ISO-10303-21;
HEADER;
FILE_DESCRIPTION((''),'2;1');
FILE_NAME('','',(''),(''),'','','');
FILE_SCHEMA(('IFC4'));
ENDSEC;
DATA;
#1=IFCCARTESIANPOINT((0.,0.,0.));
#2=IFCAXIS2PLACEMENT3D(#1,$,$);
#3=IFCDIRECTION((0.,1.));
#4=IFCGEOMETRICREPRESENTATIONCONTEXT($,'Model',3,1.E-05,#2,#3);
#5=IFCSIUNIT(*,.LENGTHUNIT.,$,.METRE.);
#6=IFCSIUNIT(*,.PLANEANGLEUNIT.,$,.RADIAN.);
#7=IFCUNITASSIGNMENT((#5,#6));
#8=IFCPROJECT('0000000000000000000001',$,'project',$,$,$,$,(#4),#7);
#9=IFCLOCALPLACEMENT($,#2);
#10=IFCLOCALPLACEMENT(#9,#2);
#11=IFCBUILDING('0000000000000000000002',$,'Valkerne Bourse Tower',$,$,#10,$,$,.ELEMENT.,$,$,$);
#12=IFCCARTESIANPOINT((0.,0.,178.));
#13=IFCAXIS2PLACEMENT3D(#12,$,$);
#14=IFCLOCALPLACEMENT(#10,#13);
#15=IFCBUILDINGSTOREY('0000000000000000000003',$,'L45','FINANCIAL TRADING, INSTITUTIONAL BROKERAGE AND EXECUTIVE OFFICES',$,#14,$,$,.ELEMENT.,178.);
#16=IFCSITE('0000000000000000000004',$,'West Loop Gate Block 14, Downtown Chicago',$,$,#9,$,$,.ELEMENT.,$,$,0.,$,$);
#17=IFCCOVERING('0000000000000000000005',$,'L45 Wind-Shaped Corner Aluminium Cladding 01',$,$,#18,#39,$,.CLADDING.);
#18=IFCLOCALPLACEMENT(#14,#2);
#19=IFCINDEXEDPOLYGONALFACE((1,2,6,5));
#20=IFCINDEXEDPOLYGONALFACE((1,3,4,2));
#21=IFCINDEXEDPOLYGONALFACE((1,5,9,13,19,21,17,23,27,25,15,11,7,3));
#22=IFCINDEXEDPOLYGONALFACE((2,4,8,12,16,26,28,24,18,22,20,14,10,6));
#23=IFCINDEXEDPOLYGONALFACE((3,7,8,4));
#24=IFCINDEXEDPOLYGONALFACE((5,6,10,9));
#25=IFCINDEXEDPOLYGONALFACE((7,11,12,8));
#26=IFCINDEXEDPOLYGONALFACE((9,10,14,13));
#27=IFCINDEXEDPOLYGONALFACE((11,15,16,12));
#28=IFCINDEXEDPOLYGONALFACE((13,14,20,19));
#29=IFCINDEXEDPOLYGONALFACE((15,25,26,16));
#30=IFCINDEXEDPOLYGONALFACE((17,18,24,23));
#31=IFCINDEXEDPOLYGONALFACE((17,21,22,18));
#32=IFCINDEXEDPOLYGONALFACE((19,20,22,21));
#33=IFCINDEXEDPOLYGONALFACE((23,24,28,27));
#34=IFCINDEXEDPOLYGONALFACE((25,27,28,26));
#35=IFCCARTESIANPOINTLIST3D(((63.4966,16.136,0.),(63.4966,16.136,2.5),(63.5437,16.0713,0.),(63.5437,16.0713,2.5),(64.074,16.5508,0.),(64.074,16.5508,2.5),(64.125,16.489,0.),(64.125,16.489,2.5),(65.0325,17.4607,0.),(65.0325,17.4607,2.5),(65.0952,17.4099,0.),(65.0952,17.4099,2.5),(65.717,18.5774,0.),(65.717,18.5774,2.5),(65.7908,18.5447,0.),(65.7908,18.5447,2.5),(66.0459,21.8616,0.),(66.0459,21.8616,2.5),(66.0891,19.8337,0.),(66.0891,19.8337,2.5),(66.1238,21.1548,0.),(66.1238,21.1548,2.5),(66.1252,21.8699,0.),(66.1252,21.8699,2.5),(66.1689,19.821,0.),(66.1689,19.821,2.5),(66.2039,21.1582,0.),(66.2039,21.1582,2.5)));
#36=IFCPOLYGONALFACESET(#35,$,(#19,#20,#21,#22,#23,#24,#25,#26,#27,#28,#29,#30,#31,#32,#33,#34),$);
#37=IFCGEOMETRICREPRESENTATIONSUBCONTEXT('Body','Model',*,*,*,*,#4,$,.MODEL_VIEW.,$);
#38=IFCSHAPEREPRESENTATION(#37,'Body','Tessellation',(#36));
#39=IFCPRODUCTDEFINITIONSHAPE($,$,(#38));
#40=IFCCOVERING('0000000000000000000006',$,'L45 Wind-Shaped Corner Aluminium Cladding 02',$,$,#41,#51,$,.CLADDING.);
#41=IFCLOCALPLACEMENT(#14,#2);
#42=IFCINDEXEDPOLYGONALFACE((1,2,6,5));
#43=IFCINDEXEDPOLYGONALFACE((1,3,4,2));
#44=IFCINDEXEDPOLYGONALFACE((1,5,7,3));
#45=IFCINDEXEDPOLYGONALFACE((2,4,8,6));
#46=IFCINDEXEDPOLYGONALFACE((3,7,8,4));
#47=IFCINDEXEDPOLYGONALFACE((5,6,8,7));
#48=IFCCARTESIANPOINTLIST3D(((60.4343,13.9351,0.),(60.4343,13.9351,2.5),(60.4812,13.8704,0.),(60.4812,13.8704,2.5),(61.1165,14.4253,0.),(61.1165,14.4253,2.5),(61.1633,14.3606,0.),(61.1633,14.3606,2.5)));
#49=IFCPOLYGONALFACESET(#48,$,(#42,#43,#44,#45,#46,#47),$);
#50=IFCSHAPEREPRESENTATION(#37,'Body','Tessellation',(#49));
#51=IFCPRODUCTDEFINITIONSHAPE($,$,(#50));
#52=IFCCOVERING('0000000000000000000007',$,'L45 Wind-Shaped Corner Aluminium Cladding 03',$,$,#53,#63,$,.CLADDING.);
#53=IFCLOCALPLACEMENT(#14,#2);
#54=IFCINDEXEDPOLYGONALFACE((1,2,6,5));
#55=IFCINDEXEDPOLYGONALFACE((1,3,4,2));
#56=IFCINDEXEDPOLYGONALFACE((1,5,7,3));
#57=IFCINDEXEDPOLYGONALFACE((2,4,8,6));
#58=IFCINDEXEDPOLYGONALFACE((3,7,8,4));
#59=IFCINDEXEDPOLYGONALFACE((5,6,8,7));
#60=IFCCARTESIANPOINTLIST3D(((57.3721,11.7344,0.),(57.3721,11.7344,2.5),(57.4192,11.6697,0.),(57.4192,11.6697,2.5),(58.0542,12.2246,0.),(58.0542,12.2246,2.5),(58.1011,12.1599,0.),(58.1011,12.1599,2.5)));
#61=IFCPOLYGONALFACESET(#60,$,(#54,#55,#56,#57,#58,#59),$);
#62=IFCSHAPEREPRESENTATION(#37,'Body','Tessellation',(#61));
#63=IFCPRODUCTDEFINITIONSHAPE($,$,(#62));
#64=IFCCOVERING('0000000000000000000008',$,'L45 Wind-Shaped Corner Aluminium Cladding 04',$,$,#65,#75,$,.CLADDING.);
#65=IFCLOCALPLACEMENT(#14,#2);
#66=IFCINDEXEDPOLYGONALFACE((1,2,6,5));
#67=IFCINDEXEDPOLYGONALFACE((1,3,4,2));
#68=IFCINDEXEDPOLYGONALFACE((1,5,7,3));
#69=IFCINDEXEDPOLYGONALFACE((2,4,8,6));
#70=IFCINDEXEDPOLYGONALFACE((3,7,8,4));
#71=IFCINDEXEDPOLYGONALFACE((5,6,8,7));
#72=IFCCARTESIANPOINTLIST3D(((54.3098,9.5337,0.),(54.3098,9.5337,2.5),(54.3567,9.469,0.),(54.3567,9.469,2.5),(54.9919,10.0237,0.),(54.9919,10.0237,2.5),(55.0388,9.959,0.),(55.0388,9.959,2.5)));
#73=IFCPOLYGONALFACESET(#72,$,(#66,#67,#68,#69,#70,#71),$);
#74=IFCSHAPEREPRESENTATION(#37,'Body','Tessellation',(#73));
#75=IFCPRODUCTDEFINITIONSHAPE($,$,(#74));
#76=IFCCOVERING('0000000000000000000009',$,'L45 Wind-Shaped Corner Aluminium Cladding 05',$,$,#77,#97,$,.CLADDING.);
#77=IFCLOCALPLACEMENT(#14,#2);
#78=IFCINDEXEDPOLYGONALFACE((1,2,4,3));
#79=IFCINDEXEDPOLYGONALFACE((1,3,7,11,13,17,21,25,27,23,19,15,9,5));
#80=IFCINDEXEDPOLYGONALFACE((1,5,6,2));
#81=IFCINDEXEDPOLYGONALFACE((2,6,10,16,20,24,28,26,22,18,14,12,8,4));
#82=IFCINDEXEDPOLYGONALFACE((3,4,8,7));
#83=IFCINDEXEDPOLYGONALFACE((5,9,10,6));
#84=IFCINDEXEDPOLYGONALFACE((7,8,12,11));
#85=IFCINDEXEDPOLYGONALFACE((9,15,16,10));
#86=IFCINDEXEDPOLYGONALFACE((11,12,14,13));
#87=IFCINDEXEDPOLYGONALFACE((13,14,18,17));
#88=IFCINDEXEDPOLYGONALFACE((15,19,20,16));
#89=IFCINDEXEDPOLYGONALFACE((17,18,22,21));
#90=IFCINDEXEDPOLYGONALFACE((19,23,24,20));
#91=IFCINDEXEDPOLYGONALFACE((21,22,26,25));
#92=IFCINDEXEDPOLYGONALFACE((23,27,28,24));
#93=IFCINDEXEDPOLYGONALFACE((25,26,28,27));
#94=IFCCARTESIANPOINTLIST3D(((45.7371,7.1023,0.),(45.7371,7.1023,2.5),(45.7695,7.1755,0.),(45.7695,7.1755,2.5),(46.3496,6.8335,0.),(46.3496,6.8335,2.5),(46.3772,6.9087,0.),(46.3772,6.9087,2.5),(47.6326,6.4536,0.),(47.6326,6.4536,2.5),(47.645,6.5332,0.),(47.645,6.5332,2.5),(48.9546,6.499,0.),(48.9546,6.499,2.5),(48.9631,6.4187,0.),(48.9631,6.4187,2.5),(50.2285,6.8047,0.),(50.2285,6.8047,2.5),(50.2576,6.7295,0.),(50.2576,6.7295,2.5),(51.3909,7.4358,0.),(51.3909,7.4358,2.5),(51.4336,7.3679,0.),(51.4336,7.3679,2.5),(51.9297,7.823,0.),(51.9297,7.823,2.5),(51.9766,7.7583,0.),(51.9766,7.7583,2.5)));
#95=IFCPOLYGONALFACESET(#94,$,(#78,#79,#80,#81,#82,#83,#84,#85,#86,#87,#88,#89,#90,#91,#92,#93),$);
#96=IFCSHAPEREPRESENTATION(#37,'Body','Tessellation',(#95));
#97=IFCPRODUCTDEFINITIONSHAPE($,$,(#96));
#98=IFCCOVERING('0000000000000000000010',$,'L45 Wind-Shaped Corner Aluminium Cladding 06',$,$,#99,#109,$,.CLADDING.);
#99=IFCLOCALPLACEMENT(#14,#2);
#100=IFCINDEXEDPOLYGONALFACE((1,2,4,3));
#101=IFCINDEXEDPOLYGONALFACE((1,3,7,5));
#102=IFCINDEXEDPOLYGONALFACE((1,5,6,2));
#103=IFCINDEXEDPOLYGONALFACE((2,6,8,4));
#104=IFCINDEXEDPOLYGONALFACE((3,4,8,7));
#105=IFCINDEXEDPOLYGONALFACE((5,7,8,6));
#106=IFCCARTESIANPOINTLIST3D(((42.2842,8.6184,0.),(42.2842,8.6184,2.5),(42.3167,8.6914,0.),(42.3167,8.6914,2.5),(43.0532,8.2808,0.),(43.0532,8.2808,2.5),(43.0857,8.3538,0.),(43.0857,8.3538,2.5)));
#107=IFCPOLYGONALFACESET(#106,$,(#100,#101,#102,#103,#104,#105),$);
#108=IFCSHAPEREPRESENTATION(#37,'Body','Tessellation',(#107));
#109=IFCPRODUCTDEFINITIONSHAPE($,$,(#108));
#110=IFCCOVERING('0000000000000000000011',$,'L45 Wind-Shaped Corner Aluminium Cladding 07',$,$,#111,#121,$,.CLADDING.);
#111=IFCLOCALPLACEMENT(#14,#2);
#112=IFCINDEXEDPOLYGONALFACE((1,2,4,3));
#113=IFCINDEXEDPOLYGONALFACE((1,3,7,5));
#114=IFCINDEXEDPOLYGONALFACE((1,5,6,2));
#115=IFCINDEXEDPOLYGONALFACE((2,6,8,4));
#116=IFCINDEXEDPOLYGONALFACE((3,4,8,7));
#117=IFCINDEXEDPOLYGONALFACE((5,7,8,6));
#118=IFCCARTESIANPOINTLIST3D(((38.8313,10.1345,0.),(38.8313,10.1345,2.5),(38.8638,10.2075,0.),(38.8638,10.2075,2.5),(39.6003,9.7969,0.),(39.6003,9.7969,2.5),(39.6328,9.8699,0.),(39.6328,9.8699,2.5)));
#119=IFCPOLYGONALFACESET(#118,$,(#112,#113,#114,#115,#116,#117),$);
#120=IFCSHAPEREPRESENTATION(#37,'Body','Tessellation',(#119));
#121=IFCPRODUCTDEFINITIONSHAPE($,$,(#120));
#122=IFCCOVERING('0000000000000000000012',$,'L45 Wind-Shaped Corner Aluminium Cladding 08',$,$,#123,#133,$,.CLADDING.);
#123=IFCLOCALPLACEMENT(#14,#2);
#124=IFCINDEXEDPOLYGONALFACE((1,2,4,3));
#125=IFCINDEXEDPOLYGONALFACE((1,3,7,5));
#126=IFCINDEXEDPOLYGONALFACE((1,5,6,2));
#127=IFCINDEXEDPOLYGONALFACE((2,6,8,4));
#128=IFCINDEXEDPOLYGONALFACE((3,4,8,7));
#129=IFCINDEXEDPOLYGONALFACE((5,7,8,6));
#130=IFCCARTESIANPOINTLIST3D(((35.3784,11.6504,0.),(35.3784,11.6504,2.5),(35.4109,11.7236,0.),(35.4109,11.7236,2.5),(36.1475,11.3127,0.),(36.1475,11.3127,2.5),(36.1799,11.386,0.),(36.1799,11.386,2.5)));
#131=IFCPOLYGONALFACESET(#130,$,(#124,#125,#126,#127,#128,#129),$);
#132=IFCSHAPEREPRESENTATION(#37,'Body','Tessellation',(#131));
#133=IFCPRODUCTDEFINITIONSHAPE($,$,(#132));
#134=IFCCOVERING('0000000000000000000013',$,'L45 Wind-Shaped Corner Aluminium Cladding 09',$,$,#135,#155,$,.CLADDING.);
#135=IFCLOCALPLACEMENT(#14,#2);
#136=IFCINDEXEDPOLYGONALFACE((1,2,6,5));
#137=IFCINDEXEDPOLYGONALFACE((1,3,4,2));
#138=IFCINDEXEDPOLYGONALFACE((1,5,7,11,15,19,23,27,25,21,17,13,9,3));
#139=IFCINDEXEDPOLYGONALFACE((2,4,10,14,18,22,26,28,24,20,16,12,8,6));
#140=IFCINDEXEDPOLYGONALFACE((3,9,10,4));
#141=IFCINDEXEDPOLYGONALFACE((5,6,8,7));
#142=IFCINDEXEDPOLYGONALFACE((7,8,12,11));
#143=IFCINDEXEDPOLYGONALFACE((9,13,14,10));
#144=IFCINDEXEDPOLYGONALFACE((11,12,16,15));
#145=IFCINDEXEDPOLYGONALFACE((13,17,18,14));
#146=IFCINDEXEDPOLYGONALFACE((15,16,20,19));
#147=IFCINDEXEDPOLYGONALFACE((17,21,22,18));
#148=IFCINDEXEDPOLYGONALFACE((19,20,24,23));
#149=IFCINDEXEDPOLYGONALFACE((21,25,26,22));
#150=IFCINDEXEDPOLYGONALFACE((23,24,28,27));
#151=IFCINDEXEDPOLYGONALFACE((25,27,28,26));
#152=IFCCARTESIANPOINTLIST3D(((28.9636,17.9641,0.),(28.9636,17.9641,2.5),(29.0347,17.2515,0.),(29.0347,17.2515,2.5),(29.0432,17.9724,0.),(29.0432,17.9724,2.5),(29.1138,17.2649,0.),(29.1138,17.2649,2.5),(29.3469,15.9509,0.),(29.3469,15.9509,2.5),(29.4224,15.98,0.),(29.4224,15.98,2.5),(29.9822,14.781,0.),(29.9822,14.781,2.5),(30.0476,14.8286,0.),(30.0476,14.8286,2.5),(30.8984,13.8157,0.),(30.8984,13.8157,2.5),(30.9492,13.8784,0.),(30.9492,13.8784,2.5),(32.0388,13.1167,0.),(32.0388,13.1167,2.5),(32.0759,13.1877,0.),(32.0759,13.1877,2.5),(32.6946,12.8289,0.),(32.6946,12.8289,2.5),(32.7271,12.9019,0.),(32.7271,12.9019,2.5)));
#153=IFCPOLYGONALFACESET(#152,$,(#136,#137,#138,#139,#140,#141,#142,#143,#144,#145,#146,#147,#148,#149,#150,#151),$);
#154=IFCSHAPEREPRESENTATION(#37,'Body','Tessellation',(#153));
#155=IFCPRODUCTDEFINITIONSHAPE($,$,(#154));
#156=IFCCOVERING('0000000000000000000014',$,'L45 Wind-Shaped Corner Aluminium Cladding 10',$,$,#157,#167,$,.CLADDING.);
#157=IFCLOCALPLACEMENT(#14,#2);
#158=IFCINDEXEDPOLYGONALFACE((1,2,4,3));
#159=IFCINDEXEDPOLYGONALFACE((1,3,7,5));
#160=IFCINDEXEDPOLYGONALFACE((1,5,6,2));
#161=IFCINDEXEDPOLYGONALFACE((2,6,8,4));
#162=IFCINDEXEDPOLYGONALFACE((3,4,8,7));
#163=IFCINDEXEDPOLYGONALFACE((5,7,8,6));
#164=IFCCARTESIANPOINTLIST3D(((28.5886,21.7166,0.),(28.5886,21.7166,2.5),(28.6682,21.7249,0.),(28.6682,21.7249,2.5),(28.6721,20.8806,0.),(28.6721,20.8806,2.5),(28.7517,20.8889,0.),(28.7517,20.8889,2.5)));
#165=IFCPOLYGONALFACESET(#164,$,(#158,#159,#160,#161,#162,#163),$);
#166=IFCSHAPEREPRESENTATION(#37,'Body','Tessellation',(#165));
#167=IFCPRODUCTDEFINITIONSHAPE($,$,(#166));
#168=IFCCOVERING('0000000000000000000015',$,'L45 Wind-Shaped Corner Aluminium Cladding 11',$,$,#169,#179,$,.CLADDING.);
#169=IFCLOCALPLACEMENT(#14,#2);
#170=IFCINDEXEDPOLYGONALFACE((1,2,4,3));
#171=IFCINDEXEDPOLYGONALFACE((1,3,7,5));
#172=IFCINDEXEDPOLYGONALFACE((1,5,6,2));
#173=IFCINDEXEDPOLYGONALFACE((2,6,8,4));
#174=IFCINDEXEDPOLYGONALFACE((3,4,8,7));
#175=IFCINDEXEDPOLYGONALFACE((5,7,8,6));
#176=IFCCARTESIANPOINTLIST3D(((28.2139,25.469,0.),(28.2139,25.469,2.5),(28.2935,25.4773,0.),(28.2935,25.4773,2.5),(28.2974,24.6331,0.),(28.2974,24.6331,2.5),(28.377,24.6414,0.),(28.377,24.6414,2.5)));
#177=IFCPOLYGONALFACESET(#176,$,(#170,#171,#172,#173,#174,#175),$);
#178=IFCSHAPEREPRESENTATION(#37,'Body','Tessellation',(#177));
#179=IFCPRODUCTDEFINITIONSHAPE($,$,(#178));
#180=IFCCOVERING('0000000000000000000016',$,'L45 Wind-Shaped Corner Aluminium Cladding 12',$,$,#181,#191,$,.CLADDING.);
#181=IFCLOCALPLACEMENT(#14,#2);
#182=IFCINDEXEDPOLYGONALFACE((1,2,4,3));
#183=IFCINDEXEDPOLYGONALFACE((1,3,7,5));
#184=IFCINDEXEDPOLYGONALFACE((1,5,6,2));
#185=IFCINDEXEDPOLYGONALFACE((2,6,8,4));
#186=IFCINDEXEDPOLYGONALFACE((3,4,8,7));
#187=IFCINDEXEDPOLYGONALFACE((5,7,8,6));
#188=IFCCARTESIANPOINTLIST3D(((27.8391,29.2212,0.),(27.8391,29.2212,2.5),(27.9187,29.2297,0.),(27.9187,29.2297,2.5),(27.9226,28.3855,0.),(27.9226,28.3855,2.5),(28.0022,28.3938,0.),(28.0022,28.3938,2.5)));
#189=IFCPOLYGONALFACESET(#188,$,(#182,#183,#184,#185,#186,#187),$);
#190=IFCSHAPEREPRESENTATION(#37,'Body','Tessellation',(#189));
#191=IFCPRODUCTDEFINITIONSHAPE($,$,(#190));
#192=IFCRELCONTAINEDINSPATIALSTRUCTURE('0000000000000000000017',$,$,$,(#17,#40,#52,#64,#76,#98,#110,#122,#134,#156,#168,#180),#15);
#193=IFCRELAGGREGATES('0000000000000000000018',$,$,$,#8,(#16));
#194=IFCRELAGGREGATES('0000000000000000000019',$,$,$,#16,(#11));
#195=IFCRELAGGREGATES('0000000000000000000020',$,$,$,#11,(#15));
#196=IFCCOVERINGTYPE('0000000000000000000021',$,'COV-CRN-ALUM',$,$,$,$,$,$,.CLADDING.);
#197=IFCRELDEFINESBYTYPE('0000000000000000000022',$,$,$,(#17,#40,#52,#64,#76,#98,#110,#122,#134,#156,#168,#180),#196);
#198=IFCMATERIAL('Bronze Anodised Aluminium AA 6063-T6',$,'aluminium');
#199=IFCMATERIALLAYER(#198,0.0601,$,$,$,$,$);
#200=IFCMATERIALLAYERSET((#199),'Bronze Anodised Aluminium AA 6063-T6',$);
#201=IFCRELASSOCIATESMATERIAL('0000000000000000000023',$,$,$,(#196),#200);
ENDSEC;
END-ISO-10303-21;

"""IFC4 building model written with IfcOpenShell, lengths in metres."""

from ifc_helpers import new_model, si_unit, direction, frame, origin, place, context, subcontext, project, spatial, polyline, outline, extrude, material, layer, layer_set, type_object, element, save


model = new_model("IFC4")

# Units and contexts
model_context = context("Model", 3, precision=1e-05, world=origin(), true_north=direction((0.0, 1.0)))
body_context = subcontext(model_context, "Body", "Model", "MODEL_VIEW")
ifc_project = project(units=[si_unit("LENGTHUNIT", "METRE"), si_unit("PLANEANGLEUNIT", "RADIAN")], contexts=[model_context])

# Site, building, storey
site_placement = place(None, origin())
site = spatial("IfcSite", under=ifc_project, at=site_placement, Name="West Loop Gate Block 14, Downtown Chicago", CompositionType="ELEMENT", RefElevation=0.0)
building_placement = place(site_placement, origin())
building = spatial("IfcBuilding", under=site, at=building_placement, Name="Valkerne Bourse Tower", CompositionType="ELEMENT")
storey_placement = place(building_placement, frame((0.0, 0.0, 178.0)))
storey = spatial("IfcBuildingStorey", under=building, at=storey_placement, Name="L45", Description="FINANCIAL TRADING, INSTITUTIONAL BROKERAGE AND EXECUTIVE OFFICES", CompositionType="ELEMENT", Elevation=178.0)

# Coverings
ifc_material_1 = material(Name="Bronze Anodised Aluminium AA 6063-T6", Category="aluminium")
ifc_layer_1 = layer(ifc_material_1, 0.0601)
ifc_layer_set_1 = layer_set([ifc_layer_1], Name="Bronze Anodised Aluminium AA 6063-T6")
covering_type = type_object("IfcCoveringType", Name="COV-CRN-ALUM", PredefinedType="CLADDING", material=ifc_layer_set_1)
covering_1_placement = place(storey_placement, origin())
element("IfcCovering", 1, at=covering_1_placement, inside=storey, type_object=covering_type, Name="L45 Wind-Shaped Corner Aluminium Cladding 01", PredefinedType="CLADDING", context=body_context, shape_type="SweptSolid", body=[
    extrude(outline(polyline([(66.1689, 19.821), (65.7908, 18.5447), (65.0952, 17.4099), (64.125, 16.489), (63.5437, 16.0713), (63.4966, 16.136), (64.074, 16.5508), (65.0325, 17.4607), (65.717, 18.5774), (66.0891, 19.8337), (66.1238, 21.1548), (66.0459, 21.8616), (66.1252, 21.8699), (66.2039, 21.1582), (66.1689, 19.821)])), origin(), (0.0, 0.0, 1.0), 2.5),
])
covering_2_placement = place(storey_placement, origin())
element("IfcCovering", 2, at=covering_2_placement, inside=storey, type_object=covering_type, Name="L45 Wind-Shaped Corner Aluminium Cladding 02", PredefinedType="CLADDING", context=body_context, shape_type="SweptSolid", body=[
    extrude(outline(polyline([(60.4812, 13.8704), (60.4343, 13.9351), (61.1165, 14.4253), (61.1633, 14.3606), (60.4812, 13.8704)])), origin(), (0.0, 0.0, 1.0), 2.5),
])
covering_3_placement = place(storey_placement, origin())
element("IfcCovering", 3, at=covering_3_placement, inside=storey, type_object=covering_type, Name="L45 Wind-Shaped Corner Aluminium Cladding 03", PredefinedType="CLADDING", context=body_context, shape_type="SweptSolid", body=[
    extrude(outline(polyline([(57.4192, 11.6697), (57.3721, 11.7344), (58.0542, 12.2246), (58.1011, 12.1599), (57.4192, 11.6697)])), origin(), (0.0, 0.0, 1.0), 2.5),
])
covering_4_placement = place(storey_placement, origin())
element("IfcCovering", 4, at=covering_4_placement, inside=storey, type_object=covering_type, Name="L45 Wind-Shaped Corner Aluminium Cladding 04", PredefinedType="CLADDING", context=body_context, shape_type="SweptSolid", body=[
    extrude(outline(polyline([(54.3567, 9.469), (54.3098, 9.5337), (54.9919, 10.0237), (55.0388, 9.959), (54.3567, 9.469)])), origin(), (0.0, 0.0, 1.0), 2.5),
])
covering_5_placement = place(storey_placement, origin())
element("IfcCovering", 5, at=covering_5_placement, inside=storey, type_object=covering_type, Name="L45 Wind-Shaped Corner Aluminium Cladding 05", PredefinedType="CLADDING", context=body_context, shape_type="SweptSolid", body=[
    extrude(outline(polyline([(51.4336, 7.3679), (50.2576, 6.7295), (48.9631, 6.4187), (47.6326, 6.4536), (46.3496, 6.8335), (45.7371, 7.1023), (45.7695, 7.1755), (46.3772, 6.9087), (47.645, 6.5332), (48.9546, 6.499), (50.2285, 6.8047), (51.3909, 7.4358), (51.9297, 7.823), (51.9766, 7.7583), (51.4336, 7.3679)])), origin(), (0.0, 0.0, 1.0), 2.5),
])
covering_6_placement = place(storey_placement, origin())
element("IfcCovering", 6, at=covering_6_placement, inside=storey, type_object=covering_type, Name="L45 Wind-Shaped Corner Aluminium Cladding 06", PredefinedType="CLADDING", context=body_context, shape_type="SweptSolid", body=[
    extrude(outline(polyline([(42.2842, 8.6184), (42.3167, 8.6914), (43.0857, 8.3538), (43.0532, 8.2808), (42.2842, 8.6184)])), origin(), (0.0, 0.0, 1.0), 2.5),
])
covering_7_placement = place(storey_placement, origin())
element("IfcCovering", 7, at=covering_7_placement, inside=storey, type_object=covering_type, Name="L45 Wind-Shaped Corner Aluminium Cladding 07", PredefinedType="CLADDING", context=body_context, shape_type="SweptSolid", body=[
    extrude(outline(polyline([(38.8313, 10.1345), (38.8638, 10.2075), (39.6328, 9.8699), (39.6003, 9.7969), (38.8313, 10.1345)])), origin(), (0.0, 0.0, 1.0), 2.5),
])
covering_8_placement = place(storey_placement, origin())
element("IfcCovering", 8, at=covering_8_placement, inside=storey, type_object=covering_type, Name="L45 Wind-Shaped Corner Aluminium Cladding 08", PredefinedType="CLADDING", context=body_context, shape_type="SweptSolid", body=[
    extrude(outline(polyline([(35.3784, 11.6504), (35.4109, 11.7236), (36.1799, 11.386), (36.1475, 11.3127), (35.3784, 11.6504)])), origin(), (0.0, 0.0, 1.0), 2.5),
])
covering_9_placement = place(storey_placement, origin())
element("IfcCovering", 9, at=covering_9_placement, inside=storey, type_object=covering_type, Name="L45 Wind-Shaped Corner Aluminium Cladding 09", PredefinedType="CLADDING", context=body_context, shape_type="SweptSolid", body=[
    extrude(outline(polyline([(32.0388, 13.1167), (30.8984, 13.8157), (29.9822, 14.781), (29.3469, 15.9509), (29.0347, 17.2515), (28.9636, 17.9641), (29.0432, 17.9724), (29.1138, 17.2649), (29.4224, 15.98), (30.0476, 14.8286), (30.9492, 13.8784), (32.0759, 13.1877), (32.7271, 12.9019), (32.6946, 12.8289), (32.0388, 13.1167)])), origin(), (0.0, 0.0, 1.0), 2.5),
])
covering_10_placement = place(storey_placement, origin())
element("IfcCovering", 10, at=covering_10_placement, inside=storey, type_object=covering_type, Name="L45 Wind-Shaped Corner Aluminium Cladding 10", PredefinedType="CLADDING", context=body_context, shape_type="SweptSolid", body=[
    extrude(outline(polyline([(28.5886, 21.7166), (28.6682, 21.7249), (28.7517, 20.8889), (28.6721, 20.8806), (28.5886, 21.7166)])), origin(), (0.0, 0.0, 1.0), 2.5),
])
covering_11_placement = place(storey_placement, origin())
element("IfcCovering", 11, at=covering_11_placement, inside=storey, type_object=covering_type, Name="L45 Wind-Shaped Corner Aluminium Cladding 11", PredefinedType="CLADDING", context=body_context, shape_type="SweptSolid", body=[
    extrude(outline(polyline([(28.2139, 25.469), (28.2935, 25.4773), (28.377, 24.6414), (28.2974, 24.6331), (28.2139, 25.469)])), origin(), (0.0, 0.0, 1.0), 2.5),
])
covering_12_placement = place(storey_placement, origin())
element("IfcCovering", 12, at=covering_12_placement, inside=storey, type_object=covering_type, Name="L45 Wind-Shaped Corner Aluminium Cladding 12", PredefinedType="CLADDING", context=body_context, shape_type="SweptSolid", body=[
    extrude(outline(polyline([(27.8391, 29.2212), (27.9187, 29.2297), (28.0022, 28.3938), (27.9226, 28.3855), (27.8391, 29.2212)])), origin(), (0.0, 0.0, 1.0), 2.5),
])

save(model, "model.ifc")
